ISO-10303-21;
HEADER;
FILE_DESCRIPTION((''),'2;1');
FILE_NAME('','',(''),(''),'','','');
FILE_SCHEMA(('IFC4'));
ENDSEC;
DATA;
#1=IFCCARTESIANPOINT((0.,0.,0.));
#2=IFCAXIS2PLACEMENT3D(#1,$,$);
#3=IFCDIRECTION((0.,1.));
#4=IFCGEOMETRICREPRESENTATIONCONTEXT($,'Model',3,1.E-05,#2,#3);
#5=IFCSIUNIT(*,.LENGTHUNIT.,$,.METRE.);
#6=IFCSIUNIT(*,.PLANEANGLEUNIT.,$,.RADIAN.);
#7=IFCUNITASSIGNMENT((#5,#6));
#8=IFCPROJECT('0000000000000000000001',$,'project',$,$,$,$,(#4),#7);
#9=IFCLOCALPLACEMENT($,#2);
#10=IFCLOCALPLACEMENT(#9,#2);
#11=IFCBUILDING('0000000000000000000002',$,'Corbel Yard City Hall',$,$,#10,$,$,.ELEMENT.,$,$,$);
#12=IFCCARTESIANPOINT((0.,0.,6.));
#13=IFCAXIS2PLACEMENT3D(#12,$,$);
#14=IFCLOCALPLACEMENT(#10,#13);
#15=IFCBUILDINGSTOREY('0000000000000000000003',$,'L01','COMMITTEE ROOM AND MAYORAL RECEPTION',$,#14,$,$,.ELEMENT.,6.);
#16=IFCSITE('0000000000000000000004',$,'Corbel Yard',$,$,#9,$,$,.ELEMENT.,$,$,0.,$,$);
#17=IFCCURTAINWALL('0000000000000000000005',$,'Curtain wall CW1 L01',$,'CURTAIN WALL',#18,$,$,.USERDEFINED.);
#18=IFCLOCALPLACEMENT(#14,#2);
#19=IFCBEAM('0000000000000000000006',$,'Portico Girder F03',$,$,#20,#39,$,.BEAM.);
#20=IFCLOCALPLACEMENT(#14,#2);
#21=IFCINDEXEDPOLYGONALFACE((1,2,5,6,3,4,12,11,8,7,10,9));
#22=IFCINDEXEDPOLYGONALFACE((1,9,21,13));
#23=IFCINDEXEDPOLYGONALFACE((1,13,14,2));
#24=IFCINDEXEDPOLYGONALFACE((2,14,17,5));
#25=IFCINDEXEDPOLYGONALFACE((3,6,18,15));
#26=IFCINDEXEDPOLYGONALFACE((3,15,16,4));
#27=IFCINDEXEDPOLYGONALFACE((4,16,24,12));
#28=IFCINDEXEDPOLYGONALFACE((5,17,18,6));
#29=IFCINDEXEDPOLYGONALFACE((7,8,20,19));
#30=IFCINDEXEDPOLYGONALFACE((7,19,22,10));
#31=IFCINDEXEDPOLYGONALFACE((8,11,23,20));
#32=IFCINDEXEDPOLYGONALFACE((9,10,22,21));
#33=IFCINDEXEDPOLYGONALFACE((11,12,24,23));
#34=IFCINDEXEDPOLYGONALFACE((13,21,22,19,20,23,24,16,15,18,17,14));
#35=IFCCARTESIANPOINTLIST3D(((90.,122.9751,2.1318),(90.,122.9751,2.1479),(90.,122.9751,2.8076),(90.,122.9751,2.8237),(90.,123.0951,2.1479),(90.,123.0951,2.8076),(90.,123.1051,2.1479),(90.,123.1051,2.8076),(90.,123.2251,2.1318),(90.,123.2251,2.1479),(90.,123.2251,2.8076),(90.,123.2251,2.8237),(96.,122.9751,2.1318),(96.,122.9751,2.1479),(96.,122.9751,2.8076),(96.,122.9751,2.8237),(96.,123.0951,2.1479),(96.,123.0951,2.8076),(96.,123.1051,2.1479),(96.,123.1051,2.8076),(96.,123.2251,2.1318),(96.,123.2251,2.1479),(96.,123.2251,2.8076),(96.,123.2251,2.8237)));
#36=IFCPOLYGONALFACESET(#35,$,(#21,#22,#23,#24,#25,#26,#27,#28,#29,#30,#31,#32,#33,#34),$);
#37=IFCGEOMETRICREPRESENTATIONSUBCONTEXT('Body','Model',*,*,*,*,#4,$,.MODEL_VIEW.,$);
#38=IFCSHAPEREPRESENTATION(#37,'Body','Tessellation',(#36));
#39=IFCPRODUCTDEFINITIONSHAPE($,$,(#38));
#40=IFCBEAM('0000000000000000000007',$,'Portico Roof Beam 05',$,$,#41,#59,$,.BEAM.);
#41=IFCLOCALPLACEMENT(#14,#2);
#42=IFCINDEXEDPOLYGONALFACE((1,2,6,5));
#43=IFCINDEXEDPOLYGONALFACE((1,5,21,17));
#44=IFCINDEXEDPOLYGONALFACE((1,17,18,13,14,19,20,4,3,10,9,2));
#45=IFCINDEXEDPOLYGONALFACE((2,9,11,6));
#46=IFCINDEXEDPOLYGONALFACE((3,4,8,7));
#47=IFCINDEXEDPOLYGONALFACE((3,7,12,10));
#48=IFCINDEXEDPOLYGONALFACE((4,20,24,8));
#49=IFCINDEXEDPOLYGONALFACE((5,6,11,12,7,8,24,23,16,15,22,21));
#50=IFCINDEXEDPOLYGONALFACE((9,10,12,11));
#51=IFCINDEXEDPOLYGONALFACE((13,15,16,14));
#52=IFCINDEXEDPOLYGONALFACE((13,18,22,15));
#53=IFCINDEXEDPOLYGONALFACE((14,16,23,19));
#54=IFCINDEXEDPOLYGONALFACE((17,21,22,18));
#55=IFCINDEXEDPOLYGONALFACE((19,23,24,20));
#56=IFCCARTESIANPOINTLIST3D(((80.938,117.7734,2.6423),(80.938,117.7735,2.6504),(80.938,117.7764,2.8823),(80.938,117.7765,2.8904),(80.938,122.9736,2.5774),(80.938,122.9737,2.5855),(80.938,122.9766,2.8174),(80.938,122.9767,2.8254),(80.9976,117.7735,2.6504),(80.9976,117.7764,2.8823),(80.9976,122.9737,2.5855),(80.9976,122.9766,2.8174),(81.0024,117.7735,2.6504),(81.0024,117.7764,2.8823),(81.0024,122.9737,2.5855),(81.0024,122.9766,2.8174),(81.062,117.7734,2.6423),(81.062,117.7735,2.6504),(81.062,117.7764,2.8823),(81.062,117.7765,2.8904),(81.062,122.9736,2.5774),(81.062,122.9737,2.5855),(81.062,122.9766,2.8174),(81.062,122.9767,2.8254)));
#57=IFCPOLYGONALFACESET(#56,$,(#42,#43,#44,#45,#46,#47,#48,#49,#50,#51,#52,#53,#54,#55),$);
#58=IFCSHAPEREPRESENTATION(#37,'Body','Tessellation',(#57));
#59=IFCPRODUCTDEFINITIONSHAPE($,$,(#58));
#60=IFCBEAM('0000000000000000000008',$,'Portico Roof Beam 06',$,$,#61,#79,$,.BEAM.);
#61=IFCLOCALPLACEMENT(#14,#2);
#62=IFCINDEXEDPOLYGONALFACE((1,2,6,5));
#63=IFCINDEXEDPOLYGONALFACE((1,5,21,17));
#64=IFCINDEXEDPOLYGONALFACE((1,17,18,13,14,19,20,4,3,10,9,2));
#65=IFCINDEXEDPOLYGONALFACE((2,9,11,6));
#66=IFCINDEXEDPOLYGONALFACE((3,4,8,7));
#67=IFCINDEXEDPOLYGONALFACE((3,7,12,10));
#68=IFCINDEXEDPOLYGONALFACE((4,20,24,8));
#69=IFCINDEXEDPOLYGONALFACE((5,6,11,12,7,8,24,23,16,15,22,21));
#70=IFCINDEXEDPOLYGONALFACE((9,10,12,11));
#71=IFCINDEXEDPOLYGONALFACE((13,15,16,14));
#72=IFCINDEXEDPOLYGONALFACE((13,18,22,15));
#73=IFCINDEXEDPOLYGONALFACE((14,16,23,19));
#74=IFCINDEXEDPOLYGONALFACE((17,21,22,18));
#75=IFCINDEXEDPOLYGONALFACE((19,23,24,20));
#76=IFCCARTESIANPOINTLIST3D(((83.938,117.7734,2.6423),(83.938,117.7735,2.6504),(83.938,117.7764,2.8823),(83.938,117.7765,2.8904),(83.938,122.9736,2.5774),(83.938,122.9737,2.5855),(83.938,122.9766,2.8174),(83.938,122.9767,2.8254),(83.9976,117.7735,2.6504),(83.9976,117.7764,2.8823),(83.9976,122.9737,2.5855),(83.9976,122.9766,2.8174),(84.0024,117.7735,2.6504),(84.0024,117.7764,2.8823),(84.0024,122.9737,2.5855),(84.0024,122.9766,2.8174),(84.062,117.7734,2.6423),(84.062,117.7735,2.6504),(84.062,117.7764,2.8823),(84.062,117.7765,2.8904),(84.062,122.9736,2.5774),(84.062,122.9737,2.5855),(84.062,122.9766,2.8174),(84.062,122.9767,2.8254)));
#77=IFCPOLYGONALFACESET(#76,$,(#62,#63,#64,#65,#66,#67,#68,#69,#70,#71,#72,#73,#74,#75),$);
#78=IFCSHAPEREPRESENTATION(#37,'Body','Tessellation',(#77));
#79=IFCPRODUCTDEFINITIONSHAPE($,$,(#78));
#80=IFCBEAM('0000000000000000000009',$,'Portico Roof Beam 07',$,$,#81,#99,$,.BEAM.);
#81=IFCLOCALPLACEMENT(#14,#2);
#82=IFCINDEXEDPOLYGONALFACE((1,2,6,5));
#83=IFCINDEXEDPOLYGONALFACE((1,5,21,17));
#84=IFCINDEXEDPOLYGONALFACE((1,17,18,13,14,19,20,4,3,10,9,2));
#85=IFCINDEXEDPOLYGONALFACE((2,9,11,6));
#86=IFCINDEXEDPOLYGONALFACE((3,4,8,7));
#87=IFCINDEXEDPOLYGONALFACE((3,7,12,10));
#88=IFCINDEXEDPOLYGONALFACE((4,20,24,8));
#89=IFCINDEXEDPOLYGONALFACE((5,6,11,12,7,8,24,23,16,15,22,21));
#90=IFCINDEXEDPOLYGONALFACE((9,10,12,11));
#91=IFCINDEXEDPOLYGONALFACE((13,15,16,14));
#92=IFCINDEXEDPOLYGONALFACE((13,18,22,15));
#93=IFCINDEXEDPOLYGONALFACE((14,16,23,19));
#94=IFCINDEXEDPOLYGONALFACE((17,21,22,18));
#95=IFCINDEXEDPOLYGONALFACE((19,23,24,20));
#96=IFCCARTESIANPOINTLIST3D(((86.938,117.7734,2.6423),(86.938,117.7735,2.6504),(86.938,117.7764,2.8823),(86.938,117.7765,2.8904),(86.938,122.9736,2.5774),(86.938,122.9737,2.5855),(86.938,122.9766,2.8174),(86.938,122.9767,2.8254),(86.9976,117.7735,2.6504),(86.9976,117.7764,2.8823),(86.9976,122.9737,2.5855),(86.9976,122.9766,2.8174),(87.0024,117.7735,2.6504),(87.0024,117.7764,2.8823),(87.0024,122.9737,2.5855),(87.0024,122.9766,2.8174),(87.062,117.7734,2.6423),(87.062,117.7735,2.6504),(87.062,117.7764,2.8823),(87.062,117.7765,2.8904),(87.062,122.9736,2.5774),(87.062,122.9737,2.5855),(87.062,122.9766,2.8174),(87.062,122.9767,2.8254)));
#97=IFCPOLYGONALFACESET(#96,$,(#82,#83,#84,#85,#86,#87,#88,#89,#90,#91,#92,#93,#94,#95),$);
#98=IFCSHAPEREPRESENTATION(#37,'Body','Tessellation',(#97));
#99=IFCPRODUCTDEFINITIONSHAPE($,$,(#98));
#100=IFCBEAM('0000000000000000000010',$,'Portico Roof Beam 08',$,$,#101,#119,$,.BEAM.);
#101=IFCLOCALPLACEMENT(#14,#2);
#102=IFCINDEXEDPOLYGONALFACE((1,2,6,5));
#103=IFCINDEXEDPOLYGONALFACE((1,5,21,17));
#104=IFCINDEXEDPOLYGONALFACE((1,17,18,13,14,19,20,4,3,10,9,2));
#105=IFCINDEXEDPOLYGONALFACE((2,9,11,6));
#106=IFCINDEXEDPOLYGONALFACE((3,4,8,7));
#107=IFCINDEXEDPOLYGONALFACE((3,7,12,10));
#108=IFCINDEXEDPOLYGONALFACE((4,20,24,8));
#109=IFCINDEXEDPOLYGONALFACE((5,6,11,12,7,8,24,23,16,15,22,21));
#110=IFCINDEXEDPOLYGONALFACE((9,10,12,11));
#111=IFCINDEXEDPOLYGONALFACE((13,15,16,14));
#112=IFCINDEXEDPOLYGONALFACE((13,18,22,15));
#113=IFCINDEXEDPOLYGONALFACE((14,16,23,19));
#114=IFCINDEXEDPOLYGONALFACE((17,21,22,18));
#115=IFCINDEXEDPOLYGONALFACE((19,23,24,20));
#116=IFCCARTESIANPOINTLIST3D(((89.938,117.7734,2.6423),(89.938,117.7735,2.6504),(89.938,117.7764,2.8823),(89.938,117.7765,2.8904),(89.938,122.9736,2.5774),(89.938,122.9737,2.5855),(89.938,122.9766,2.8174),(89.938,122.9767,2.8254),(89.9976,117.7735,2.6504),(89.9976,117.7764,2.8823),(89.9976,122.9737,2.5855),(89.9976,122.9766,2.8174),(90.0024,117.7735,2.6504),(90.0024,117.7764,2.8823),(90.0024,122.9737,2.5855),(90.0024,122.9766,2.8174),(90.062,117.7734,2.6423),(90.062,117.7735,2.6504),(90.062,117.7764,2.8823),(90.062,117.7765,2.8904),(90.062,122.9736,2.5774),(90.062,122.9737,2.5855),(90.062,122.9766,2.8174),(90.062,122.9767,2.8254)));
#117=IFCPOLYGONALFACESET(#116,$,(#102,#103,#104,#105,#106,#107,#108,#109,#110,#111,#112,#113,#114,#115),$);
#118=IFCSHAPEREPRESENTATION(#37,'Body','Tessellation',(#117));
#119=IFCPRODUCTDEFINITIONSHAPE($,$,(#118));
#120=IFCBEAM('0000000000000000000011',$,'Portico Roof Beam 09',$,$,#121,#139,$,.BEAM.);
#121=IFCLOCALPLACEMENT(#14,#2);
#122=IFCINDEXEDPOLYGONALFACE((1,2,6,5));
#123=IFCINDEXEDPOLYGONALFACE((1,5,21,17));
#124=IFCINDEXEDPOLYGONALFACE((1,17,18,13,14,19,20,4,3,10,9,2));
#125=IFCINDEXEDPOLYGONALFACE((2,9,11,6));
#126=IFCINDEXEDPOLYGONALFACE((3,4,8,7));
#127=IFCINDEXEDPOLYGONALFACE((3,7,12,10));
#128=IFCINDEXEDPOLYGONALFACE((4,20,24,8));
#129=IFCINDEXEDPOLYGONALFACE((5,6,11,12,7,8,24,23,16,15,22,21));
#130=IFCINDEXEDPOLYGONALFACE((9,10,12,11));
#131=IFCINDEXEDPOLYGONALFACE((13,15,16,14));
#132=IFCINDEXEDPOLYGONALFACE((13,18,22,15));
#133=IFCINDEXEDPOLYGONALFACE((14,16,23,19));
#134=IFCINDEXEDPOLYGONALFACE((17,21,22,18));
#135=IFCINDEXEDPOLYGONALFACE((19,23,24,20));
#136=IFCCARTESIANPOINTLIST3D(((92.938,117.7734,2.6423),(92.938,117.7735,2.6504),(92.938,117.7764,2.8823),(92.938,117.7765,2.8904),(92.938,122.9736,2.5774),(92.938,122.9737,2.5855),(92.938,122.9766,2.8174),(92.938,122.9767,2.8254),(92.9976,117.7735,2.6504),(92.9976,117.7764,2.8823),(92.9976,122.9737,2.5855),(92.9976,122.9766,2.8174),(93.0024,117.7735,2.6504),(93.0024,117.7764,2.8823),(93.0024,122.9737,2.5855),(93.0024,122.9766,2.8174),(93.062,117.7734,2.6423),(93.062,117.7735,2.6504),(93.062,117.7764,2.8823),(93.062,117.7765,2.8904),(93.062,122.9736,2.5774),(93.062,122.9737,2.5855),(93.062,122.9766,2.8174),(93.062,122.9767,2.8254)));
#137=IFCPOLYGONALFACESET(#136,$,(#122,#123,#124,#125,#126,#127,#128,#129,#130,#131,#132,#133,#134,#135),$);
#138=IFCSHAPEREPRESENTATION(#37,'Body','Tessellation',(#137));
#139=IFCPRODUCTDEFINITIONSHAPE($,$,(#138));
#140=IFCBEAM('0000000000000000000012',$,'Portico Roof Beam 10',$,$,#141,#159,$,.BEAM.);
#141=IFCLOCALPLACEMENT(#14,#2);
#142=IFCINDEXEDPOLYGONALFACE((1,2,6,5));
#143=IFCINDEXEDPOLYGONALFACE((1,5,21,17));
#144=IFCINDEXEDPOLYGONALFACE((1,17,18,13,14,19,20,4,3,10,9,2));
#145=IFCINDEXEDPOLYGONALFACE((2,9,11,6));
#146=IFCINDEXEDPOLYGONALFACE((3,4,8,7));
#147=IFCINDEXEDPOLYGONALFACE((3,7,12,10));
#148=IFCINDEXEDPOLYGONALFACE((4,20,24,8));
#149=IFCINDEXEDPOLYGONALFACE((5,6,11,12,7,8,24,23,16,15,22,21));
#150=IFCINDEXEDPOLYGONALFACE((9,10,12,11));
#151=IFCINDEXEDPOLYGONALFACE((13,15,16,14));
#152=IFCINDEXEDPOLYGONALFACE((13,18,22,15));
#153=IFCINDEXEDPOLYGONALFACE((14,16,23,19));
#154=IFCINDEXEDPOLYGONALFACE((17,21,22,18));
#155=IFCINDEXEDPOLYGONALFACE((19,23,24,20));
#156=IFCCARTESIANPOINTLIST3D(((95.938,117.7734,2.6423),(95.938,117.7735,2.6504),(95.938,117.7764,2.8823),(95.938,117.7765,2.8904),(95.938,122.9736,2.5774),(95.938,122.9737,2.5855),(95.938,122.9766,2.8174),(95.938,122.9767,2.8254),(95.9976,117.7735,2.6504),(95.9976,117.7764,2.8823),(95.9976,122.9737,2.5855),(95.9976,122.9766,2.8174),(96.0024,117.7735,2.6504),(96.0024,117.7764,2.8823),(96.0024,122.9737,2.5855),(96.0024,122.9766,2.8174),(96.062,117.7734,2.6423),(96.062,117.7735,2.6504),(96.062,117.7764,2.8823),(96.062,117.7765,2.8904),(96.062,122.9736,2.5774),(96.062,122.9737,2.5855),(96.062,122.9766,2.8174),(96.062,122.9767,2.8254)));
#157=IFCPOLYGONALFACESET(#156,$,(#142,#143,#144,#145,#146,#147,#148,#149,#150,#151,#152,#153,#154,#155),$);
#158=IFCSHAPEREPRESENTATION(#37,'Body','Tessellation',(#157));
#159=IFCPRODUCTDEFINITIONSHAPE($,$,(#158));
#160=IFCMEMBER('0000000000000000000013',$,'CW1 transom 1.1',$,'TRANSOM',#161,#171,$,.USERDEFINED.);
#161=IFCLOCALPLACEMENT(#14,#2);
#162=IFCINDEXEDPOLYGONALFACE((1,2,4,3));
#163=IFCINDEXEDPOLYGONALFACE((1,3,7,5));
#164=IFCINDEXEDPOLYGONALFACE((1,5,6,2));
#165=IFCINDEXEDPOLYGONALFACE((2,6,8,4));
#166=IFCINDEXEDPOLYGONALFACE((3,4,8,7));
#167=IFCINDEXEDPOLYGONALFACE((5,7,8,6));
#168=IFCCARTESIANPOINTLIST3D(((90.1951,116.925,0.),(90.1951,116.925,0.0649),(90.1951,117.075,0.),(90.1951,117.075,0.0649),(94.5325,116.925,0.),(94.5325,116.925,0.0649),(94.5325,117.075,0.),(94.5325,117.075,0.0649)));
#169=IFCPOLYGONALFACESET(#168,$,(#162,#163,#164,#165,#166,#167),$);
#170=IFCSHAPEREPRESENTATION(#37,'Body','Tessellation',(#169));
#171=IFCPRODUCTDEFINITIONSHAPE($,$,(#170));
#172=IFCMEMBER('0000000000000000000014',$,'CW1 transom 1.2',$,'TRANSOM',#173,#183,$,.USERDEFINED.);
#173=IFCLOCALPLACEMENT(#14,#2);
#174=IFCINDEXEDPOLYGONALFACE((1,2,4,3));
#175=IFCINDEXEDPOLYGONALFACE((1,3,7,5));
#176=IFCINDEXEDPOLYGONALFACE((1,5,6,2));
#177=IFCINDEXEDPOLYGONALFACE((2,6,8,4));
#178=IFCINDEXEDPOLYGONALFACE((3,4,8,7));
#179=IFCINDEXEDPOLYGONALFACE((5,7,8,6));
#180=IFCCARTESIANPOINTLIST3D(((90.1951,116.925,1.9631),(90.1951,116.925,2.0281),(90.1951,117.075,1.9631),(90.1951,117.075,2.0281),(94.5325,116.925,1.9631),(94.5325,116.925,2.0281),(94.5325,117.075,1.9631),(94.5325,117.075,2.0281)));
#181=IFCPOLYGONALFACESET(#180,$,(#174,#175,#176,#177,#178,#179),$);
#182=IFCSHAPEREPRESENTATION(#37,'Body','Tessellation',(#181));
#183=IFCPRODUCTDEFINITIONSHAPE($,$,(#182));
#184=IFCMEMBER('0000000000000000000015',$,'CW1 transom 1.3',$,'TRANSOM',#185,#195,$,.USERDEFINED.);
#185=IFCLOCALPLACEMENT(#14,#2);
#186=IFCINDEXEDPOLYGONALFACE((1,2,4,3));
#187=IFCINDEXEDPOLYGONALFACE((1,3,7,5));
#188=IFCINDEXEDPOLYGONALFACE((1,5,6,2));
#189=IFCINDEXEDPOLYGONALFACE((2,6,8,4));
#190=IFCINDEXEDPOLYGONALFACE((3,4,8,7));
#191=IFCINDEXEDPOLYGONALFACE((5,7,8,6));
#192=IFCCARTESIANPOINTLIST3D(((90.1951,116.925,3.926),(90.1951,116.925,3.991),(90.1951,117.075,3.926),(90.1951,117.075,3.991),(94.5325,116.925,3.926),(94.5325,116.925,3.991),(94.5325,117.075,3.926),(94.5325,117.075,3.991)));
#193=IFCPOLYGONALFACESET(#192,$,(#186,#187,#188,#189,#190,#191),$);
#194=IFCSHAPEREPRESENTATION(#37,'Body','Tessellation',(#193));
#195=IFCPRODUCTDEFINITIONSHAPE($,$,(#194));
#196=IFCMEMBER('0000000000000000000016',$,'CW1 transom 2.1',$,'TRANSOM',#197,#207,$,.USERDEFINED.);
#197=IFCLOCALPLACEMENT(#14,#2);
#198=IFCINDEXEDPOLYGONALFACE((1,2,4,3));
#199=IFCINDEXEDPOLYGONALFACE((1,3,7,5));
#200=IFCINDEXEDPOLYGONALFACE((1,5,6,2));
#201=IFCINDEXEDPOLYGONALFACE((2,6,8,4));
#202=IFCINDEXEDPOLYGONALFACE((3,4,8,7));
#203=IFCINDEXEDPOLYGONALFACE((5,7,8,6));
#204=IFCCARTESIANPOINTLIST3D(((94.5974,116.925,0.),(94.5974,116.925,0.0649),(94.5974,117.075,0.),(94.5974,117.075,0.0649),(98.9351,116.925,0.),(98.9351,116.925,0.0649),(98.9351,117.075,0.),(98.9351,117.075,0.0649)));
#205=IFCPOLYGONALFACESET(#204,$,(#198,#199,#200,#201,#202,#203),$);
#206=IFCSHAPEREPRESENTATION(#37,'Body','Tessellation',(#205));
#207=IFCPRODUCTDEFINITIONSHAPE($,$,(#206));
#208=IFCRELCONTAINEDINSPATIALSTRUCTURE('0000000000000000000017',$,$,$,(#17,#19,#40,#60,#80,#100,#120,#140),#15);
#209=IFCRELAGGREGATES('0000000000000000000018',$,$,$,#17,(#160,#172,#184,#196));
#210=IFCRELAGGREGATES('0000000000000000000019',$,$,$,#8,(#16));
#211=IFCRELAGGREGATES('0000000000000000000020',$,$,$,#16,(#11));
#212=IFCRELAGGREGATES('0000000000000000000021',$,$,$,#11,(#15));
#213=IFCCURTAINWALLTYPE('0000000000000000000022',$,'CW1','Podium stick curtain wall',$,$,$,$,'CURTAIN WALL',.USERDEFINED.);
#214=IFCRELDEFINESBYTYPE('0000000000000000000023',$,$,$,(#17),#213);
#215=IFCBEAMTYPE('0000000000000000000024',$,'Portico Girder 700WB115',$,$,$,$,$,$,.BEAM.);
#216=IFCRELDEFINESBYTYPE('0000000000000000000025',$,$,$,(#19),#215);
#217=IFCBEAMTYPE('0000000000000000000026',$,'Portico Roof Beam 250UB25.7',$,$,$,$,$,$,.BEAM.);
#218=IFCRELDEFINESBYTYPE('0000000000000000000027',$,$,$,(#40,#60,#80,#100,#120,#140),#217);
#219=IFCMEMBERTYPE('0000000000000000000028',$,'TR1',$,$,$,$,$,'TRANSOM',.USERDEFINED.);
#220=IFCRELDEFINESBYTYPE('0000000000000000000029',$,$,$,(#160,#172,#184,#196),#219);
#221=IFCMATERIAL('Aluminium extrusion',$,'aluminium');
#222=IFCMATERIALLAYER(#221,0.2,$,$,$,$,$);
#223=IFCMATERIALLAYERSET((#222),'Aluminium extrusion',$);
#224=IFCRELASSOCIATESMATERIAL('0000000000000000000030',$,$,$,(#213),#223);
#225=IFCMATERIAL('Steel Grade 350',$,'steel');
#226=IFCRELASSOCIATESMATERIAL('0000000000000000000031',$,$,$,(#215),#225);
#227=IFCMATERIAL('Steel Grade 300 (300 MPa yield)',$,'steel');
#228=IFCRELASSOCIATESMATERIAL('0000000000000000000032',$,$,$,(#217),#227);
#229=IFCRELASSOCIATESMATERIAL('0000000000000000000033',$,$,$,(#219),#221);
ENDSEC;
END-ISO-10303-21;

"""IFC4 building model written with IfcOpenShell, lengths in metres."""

from ifc_helpers import new_model, si_unit, direction, frame, origin, origin_2d, place, context, subcontext, project, spatial, rectangle, i_section, extrude, material, layer, layer_set, material_profile, profile_set, type_object, element, aggregate, save


model = new_model("IFC4")

# Units and contexts
model_context = context("Model", 3, precision=1e-05, world=origin(), true_north=direction((0.0, 1.0)))
body_context = subcontext(model_context, "Body", "Model", "MODEL_VIEW")
ifc_project = project(units=[si_unit("LENGTHUNIT", "METRE"), si_unit("PLANEANGLEUNIT", "RADIAN")], contexts=[model_context])

# Site, building, storey
site_placement = place(None, origin())
site = spatial("IfcSite", under=ifc_project, at=site_placement, Name="Corbel Yard", CompositionType="ELEMENT", RefElevation=0.0)
building_placement = place(site_placement, origin())
building = spatial("IfcBuilding", under=site, at=building_placement, Name="Corbel Yard City Hall", CompositionType="ELEMENT")
storey_placement = place(building_placement, frame((0.0, 0.0, 6.0)))
storey = spatial("IfcBuildingStorey", under=building, at=storey_placement, Name="L01", Description="COMMITTEE ROOM AND MAYORAL RECEPTION", CompositionType="ELEMENT", Elevation=6.0)

# Shared definitions
ifc_material_1 = material(Name="Steel Grade 300 (300 MPa yield)", Category="steel")

# Curtain wall
ifc_material_2 = material(Name="Aluminium extrusion", Category="aluminium")
ifc_layer_1 = layer(ifc_material_2, 0.2)
ifc_layer_set_1 = layer_set([ifc_layer_1], Name="Aluminium extrusion")
curtain_wall_type = type_object("IfcCurtainWallType", Name="CW1", Description="Podium stick curtain wall", ElementType="CURTAIN WALL", PredefinedType="USERDEFINED", material=ifc_layer_set_1)
curtain_wall_placement = place(storey_placement, origin())
curtain_wall = element("IfcCurtainWall", 1, at=curtain_wall_placement, inside=storey, type_object=curtain_wall_type, Name="Curtain wall CW1 L01", ObjectType="CURTAIN WALL", PredefinedType="USERDEFINED")

# Beams
ifc_material_3 = material(Name="Steel Grade 350", Category="steel")
ifc_material_profile_1 = material_profile(ifc_material_3, i_section(OverallWidth=0.25, OverallDepth=0.6919, WebThickness=0.01, FlangeThickness=0.0161, at=origin_2d()), Name="700WB115")
ifc_profile_set_1 = profile_set([ifc_material_profile_1], Name="Steel Grade 350")
beam_type_1 = type_object("IfcBeamType", Name="Portico Girder 700WB115", PredefinedType="BEAM", material=ifc_profile_set_1)
for number, where, z_axis, x_axis, name in (
    (2, (90.0, 123.1001, 2.4778), (1.0, 0.0, 0.0), (0.0, 1.0, 0.0), "Portico Girder F03"),
):
    element("IfcBeam", number, at=place(storey_placement, frame(where, z_axis=z_axis, x_axis=x_axis)), inside=storey, type_object=beam_type_1, Name=name, PredefinedType="BEAM", context=body_context, shape_type="SweptSolid", body=[
        extrude(i_section(OverallWidth=0.25, OverallDepth=0.6919, WebThickness=0.01, FlangeThickness=0.0161, at=origin_2d()), origin(), (0.0, 0.0, 1.0), 6.0),
    ])
ifc_material_profile_2 = material_profile(ifc_material_1, i_section(OverallWidth=0.124, OverallDepth=0.248, WebThickness=0.0049, FlangeThickness=0.0081, at=origin_2d()), Name="250UB25.7")
ifc_profile_set_2 = profile_set([ifc_material_profile_2], Name="Steel Grade 300 (300 MPa yield)")
beam_type_2 = type_object("IfcBeamType", Name="Portico Roof Beam 250UB25.7", PredefinedType="BEAM", material=ifc_profile_set_2)
for number, where, z_axis, x_axis, name in (
    (3, (81.0, 117.7749, 2.7664), (0.0, 0.999922, -0.012487), (-1.0, 0.0, 0.0), "Portico Roof Beam 05"),
    (4, (84.0, 117.7749, 2.7664), (0.0, 0.999922, -0.012487), (-1.0, 0.0, 0.0), "Portico Roof Beam 06"),
    (5, (87.0, 117.7749, 2.7664), (0.0, 0.999922, -0.012487), (-1.0, 0.0, 0.0), "Portico Roof Beam 07"),
    (6, (90.0, 117.7749, 2.7664), (0.0, 0.999922, -0.012487), (-1.0, 0.0, 0.0), "Portico Roof Beam 08"),
    (7, (93.0, 117.7749, 2.7664), (0.0, 0.999922, -0.012487), (-1.0, 0.0, 0.0), "Portico Roof Beam 09"),
    (8, (96.0, 117.7749, 2.7664), (0.0, 0.999922, -0.012487), (-1.0, 0.0, 0.0), "Portico Roof Beam 10"),
):
    element("IfcBeam", number, at=place(storey_placement, frame(where, z_axis=z_axis, x_axis=x_axis)), inside=storey, type_object=beam_type_2, Name=name, PredefinedType="BEAM", context=body_context, shape_type="SweptSolid", body=[
        extrude(i_section(OverallWidth=0.124, OverallDepth=0.248, WebThickness=0.0049, FlangeThickness=0.0081, at=origin_2d()), origin(), (0.0, 0.0, 1.0), 5.2007),
    ])

# Members
ifc_material_profile_3 = material_profile(ifc_material_2, rectangle(XDim=0.1499, YDim=0.0649, at=origin_2d()), Name="150x65")
ifc_profile_set_3 = profile_set([ifc_material_profile_3], Name="Aluminium extrusion")
member_type_1 = type_object("IfcMemberType", Name="TR1", ElementType="TRANSOM", PredefinedType="USERDEFINED", material=ifc_profile_set_3)
member_1_placement = place(storey_placement, frame((90.1951, 117.0, 0.0325), z_axis=(1.0, 0.0, 0.0), x_axis=(0.0, 1.0, 0.0)))
member_1 = element("IfcMember", 9, at=member_1_placement, type_object=member_type_1, Name="CW1 transom 1.1", ObjectType="TRANSOM", PredefinedType="USERDEFINED", context=body_context, shape_type="SweptSolid", body=[
    extrude(rectangle(XDim=0.1499, YDim=0.0649, at=origin_2d()), origin(), (0.0, 0.0, 1.0), 4.3374),
])
member_2_placement = place(storey_placement, frame((90.1951, 117.0, 1.9956), z_axis=(1.0, 0.0, 0.0), x_axis=(0.0, 1.0, 0.0)))
member_2 = element("IfcMember", 10, at=member_2_placement, type_object=member_type_1, Name="CW1 transom 1.2", ObjectType="TRANSOM", PredefinedType="USERDEFINED", context=body_context, shape_type="SweptSolid", body=[
    extrude(rectangle(XDim=0.1499, YDim=0.0649, at=origin_2d()), origin(), (0.0, 0.0, 1.0), 4.3374),
])
member_3_placement = place(storey_placement, frame((90.1951, 117.0, 3.9585), z_axis=(1.0, 0.0, 0.0), x_axis=(0.0, 1.0, 0.0)))
member_3 = element("IfcMember", 11, at=member_3_placement, type_object=member_type_1, Name="CW1 transom 1.3", ObjectType="TRANSOM", PredefinedType="USERDEFINED", context=body_context, shape_type="SweptSolid", body=[
    extrude(rectangle(XDim=0.1499, YDim=0.0649, at=origin_2d()), origin(), (0.0, 0.0, 1.0), 4.3374),
])
member_4_placement = place(storey_placement, frame((94.5974, 117.0, 0.0325), z_axis=(1.0, 0.0, 0.0), x_axis=(0.0, 1.0, 0.0)))
member_4 = element("IfcMember", 12, at=member_4_placement, type_object=member_type_1, Name="CW1 transom 2.1", ObjectType="TRANSOM", PredefinedType="USERDEFINED", context=body_context, shape_type="SweptSolid", body=[
    extrude(rectangle(XDim=0.1499, YDim=0.0649, at=origin_2d()), origin(), (0.0, 0.0, 1.0), 4.3376),
])

aggregate(curtain_wall, [member_1, member_2, member_3, member_4])

save(model, "model.ifc")
